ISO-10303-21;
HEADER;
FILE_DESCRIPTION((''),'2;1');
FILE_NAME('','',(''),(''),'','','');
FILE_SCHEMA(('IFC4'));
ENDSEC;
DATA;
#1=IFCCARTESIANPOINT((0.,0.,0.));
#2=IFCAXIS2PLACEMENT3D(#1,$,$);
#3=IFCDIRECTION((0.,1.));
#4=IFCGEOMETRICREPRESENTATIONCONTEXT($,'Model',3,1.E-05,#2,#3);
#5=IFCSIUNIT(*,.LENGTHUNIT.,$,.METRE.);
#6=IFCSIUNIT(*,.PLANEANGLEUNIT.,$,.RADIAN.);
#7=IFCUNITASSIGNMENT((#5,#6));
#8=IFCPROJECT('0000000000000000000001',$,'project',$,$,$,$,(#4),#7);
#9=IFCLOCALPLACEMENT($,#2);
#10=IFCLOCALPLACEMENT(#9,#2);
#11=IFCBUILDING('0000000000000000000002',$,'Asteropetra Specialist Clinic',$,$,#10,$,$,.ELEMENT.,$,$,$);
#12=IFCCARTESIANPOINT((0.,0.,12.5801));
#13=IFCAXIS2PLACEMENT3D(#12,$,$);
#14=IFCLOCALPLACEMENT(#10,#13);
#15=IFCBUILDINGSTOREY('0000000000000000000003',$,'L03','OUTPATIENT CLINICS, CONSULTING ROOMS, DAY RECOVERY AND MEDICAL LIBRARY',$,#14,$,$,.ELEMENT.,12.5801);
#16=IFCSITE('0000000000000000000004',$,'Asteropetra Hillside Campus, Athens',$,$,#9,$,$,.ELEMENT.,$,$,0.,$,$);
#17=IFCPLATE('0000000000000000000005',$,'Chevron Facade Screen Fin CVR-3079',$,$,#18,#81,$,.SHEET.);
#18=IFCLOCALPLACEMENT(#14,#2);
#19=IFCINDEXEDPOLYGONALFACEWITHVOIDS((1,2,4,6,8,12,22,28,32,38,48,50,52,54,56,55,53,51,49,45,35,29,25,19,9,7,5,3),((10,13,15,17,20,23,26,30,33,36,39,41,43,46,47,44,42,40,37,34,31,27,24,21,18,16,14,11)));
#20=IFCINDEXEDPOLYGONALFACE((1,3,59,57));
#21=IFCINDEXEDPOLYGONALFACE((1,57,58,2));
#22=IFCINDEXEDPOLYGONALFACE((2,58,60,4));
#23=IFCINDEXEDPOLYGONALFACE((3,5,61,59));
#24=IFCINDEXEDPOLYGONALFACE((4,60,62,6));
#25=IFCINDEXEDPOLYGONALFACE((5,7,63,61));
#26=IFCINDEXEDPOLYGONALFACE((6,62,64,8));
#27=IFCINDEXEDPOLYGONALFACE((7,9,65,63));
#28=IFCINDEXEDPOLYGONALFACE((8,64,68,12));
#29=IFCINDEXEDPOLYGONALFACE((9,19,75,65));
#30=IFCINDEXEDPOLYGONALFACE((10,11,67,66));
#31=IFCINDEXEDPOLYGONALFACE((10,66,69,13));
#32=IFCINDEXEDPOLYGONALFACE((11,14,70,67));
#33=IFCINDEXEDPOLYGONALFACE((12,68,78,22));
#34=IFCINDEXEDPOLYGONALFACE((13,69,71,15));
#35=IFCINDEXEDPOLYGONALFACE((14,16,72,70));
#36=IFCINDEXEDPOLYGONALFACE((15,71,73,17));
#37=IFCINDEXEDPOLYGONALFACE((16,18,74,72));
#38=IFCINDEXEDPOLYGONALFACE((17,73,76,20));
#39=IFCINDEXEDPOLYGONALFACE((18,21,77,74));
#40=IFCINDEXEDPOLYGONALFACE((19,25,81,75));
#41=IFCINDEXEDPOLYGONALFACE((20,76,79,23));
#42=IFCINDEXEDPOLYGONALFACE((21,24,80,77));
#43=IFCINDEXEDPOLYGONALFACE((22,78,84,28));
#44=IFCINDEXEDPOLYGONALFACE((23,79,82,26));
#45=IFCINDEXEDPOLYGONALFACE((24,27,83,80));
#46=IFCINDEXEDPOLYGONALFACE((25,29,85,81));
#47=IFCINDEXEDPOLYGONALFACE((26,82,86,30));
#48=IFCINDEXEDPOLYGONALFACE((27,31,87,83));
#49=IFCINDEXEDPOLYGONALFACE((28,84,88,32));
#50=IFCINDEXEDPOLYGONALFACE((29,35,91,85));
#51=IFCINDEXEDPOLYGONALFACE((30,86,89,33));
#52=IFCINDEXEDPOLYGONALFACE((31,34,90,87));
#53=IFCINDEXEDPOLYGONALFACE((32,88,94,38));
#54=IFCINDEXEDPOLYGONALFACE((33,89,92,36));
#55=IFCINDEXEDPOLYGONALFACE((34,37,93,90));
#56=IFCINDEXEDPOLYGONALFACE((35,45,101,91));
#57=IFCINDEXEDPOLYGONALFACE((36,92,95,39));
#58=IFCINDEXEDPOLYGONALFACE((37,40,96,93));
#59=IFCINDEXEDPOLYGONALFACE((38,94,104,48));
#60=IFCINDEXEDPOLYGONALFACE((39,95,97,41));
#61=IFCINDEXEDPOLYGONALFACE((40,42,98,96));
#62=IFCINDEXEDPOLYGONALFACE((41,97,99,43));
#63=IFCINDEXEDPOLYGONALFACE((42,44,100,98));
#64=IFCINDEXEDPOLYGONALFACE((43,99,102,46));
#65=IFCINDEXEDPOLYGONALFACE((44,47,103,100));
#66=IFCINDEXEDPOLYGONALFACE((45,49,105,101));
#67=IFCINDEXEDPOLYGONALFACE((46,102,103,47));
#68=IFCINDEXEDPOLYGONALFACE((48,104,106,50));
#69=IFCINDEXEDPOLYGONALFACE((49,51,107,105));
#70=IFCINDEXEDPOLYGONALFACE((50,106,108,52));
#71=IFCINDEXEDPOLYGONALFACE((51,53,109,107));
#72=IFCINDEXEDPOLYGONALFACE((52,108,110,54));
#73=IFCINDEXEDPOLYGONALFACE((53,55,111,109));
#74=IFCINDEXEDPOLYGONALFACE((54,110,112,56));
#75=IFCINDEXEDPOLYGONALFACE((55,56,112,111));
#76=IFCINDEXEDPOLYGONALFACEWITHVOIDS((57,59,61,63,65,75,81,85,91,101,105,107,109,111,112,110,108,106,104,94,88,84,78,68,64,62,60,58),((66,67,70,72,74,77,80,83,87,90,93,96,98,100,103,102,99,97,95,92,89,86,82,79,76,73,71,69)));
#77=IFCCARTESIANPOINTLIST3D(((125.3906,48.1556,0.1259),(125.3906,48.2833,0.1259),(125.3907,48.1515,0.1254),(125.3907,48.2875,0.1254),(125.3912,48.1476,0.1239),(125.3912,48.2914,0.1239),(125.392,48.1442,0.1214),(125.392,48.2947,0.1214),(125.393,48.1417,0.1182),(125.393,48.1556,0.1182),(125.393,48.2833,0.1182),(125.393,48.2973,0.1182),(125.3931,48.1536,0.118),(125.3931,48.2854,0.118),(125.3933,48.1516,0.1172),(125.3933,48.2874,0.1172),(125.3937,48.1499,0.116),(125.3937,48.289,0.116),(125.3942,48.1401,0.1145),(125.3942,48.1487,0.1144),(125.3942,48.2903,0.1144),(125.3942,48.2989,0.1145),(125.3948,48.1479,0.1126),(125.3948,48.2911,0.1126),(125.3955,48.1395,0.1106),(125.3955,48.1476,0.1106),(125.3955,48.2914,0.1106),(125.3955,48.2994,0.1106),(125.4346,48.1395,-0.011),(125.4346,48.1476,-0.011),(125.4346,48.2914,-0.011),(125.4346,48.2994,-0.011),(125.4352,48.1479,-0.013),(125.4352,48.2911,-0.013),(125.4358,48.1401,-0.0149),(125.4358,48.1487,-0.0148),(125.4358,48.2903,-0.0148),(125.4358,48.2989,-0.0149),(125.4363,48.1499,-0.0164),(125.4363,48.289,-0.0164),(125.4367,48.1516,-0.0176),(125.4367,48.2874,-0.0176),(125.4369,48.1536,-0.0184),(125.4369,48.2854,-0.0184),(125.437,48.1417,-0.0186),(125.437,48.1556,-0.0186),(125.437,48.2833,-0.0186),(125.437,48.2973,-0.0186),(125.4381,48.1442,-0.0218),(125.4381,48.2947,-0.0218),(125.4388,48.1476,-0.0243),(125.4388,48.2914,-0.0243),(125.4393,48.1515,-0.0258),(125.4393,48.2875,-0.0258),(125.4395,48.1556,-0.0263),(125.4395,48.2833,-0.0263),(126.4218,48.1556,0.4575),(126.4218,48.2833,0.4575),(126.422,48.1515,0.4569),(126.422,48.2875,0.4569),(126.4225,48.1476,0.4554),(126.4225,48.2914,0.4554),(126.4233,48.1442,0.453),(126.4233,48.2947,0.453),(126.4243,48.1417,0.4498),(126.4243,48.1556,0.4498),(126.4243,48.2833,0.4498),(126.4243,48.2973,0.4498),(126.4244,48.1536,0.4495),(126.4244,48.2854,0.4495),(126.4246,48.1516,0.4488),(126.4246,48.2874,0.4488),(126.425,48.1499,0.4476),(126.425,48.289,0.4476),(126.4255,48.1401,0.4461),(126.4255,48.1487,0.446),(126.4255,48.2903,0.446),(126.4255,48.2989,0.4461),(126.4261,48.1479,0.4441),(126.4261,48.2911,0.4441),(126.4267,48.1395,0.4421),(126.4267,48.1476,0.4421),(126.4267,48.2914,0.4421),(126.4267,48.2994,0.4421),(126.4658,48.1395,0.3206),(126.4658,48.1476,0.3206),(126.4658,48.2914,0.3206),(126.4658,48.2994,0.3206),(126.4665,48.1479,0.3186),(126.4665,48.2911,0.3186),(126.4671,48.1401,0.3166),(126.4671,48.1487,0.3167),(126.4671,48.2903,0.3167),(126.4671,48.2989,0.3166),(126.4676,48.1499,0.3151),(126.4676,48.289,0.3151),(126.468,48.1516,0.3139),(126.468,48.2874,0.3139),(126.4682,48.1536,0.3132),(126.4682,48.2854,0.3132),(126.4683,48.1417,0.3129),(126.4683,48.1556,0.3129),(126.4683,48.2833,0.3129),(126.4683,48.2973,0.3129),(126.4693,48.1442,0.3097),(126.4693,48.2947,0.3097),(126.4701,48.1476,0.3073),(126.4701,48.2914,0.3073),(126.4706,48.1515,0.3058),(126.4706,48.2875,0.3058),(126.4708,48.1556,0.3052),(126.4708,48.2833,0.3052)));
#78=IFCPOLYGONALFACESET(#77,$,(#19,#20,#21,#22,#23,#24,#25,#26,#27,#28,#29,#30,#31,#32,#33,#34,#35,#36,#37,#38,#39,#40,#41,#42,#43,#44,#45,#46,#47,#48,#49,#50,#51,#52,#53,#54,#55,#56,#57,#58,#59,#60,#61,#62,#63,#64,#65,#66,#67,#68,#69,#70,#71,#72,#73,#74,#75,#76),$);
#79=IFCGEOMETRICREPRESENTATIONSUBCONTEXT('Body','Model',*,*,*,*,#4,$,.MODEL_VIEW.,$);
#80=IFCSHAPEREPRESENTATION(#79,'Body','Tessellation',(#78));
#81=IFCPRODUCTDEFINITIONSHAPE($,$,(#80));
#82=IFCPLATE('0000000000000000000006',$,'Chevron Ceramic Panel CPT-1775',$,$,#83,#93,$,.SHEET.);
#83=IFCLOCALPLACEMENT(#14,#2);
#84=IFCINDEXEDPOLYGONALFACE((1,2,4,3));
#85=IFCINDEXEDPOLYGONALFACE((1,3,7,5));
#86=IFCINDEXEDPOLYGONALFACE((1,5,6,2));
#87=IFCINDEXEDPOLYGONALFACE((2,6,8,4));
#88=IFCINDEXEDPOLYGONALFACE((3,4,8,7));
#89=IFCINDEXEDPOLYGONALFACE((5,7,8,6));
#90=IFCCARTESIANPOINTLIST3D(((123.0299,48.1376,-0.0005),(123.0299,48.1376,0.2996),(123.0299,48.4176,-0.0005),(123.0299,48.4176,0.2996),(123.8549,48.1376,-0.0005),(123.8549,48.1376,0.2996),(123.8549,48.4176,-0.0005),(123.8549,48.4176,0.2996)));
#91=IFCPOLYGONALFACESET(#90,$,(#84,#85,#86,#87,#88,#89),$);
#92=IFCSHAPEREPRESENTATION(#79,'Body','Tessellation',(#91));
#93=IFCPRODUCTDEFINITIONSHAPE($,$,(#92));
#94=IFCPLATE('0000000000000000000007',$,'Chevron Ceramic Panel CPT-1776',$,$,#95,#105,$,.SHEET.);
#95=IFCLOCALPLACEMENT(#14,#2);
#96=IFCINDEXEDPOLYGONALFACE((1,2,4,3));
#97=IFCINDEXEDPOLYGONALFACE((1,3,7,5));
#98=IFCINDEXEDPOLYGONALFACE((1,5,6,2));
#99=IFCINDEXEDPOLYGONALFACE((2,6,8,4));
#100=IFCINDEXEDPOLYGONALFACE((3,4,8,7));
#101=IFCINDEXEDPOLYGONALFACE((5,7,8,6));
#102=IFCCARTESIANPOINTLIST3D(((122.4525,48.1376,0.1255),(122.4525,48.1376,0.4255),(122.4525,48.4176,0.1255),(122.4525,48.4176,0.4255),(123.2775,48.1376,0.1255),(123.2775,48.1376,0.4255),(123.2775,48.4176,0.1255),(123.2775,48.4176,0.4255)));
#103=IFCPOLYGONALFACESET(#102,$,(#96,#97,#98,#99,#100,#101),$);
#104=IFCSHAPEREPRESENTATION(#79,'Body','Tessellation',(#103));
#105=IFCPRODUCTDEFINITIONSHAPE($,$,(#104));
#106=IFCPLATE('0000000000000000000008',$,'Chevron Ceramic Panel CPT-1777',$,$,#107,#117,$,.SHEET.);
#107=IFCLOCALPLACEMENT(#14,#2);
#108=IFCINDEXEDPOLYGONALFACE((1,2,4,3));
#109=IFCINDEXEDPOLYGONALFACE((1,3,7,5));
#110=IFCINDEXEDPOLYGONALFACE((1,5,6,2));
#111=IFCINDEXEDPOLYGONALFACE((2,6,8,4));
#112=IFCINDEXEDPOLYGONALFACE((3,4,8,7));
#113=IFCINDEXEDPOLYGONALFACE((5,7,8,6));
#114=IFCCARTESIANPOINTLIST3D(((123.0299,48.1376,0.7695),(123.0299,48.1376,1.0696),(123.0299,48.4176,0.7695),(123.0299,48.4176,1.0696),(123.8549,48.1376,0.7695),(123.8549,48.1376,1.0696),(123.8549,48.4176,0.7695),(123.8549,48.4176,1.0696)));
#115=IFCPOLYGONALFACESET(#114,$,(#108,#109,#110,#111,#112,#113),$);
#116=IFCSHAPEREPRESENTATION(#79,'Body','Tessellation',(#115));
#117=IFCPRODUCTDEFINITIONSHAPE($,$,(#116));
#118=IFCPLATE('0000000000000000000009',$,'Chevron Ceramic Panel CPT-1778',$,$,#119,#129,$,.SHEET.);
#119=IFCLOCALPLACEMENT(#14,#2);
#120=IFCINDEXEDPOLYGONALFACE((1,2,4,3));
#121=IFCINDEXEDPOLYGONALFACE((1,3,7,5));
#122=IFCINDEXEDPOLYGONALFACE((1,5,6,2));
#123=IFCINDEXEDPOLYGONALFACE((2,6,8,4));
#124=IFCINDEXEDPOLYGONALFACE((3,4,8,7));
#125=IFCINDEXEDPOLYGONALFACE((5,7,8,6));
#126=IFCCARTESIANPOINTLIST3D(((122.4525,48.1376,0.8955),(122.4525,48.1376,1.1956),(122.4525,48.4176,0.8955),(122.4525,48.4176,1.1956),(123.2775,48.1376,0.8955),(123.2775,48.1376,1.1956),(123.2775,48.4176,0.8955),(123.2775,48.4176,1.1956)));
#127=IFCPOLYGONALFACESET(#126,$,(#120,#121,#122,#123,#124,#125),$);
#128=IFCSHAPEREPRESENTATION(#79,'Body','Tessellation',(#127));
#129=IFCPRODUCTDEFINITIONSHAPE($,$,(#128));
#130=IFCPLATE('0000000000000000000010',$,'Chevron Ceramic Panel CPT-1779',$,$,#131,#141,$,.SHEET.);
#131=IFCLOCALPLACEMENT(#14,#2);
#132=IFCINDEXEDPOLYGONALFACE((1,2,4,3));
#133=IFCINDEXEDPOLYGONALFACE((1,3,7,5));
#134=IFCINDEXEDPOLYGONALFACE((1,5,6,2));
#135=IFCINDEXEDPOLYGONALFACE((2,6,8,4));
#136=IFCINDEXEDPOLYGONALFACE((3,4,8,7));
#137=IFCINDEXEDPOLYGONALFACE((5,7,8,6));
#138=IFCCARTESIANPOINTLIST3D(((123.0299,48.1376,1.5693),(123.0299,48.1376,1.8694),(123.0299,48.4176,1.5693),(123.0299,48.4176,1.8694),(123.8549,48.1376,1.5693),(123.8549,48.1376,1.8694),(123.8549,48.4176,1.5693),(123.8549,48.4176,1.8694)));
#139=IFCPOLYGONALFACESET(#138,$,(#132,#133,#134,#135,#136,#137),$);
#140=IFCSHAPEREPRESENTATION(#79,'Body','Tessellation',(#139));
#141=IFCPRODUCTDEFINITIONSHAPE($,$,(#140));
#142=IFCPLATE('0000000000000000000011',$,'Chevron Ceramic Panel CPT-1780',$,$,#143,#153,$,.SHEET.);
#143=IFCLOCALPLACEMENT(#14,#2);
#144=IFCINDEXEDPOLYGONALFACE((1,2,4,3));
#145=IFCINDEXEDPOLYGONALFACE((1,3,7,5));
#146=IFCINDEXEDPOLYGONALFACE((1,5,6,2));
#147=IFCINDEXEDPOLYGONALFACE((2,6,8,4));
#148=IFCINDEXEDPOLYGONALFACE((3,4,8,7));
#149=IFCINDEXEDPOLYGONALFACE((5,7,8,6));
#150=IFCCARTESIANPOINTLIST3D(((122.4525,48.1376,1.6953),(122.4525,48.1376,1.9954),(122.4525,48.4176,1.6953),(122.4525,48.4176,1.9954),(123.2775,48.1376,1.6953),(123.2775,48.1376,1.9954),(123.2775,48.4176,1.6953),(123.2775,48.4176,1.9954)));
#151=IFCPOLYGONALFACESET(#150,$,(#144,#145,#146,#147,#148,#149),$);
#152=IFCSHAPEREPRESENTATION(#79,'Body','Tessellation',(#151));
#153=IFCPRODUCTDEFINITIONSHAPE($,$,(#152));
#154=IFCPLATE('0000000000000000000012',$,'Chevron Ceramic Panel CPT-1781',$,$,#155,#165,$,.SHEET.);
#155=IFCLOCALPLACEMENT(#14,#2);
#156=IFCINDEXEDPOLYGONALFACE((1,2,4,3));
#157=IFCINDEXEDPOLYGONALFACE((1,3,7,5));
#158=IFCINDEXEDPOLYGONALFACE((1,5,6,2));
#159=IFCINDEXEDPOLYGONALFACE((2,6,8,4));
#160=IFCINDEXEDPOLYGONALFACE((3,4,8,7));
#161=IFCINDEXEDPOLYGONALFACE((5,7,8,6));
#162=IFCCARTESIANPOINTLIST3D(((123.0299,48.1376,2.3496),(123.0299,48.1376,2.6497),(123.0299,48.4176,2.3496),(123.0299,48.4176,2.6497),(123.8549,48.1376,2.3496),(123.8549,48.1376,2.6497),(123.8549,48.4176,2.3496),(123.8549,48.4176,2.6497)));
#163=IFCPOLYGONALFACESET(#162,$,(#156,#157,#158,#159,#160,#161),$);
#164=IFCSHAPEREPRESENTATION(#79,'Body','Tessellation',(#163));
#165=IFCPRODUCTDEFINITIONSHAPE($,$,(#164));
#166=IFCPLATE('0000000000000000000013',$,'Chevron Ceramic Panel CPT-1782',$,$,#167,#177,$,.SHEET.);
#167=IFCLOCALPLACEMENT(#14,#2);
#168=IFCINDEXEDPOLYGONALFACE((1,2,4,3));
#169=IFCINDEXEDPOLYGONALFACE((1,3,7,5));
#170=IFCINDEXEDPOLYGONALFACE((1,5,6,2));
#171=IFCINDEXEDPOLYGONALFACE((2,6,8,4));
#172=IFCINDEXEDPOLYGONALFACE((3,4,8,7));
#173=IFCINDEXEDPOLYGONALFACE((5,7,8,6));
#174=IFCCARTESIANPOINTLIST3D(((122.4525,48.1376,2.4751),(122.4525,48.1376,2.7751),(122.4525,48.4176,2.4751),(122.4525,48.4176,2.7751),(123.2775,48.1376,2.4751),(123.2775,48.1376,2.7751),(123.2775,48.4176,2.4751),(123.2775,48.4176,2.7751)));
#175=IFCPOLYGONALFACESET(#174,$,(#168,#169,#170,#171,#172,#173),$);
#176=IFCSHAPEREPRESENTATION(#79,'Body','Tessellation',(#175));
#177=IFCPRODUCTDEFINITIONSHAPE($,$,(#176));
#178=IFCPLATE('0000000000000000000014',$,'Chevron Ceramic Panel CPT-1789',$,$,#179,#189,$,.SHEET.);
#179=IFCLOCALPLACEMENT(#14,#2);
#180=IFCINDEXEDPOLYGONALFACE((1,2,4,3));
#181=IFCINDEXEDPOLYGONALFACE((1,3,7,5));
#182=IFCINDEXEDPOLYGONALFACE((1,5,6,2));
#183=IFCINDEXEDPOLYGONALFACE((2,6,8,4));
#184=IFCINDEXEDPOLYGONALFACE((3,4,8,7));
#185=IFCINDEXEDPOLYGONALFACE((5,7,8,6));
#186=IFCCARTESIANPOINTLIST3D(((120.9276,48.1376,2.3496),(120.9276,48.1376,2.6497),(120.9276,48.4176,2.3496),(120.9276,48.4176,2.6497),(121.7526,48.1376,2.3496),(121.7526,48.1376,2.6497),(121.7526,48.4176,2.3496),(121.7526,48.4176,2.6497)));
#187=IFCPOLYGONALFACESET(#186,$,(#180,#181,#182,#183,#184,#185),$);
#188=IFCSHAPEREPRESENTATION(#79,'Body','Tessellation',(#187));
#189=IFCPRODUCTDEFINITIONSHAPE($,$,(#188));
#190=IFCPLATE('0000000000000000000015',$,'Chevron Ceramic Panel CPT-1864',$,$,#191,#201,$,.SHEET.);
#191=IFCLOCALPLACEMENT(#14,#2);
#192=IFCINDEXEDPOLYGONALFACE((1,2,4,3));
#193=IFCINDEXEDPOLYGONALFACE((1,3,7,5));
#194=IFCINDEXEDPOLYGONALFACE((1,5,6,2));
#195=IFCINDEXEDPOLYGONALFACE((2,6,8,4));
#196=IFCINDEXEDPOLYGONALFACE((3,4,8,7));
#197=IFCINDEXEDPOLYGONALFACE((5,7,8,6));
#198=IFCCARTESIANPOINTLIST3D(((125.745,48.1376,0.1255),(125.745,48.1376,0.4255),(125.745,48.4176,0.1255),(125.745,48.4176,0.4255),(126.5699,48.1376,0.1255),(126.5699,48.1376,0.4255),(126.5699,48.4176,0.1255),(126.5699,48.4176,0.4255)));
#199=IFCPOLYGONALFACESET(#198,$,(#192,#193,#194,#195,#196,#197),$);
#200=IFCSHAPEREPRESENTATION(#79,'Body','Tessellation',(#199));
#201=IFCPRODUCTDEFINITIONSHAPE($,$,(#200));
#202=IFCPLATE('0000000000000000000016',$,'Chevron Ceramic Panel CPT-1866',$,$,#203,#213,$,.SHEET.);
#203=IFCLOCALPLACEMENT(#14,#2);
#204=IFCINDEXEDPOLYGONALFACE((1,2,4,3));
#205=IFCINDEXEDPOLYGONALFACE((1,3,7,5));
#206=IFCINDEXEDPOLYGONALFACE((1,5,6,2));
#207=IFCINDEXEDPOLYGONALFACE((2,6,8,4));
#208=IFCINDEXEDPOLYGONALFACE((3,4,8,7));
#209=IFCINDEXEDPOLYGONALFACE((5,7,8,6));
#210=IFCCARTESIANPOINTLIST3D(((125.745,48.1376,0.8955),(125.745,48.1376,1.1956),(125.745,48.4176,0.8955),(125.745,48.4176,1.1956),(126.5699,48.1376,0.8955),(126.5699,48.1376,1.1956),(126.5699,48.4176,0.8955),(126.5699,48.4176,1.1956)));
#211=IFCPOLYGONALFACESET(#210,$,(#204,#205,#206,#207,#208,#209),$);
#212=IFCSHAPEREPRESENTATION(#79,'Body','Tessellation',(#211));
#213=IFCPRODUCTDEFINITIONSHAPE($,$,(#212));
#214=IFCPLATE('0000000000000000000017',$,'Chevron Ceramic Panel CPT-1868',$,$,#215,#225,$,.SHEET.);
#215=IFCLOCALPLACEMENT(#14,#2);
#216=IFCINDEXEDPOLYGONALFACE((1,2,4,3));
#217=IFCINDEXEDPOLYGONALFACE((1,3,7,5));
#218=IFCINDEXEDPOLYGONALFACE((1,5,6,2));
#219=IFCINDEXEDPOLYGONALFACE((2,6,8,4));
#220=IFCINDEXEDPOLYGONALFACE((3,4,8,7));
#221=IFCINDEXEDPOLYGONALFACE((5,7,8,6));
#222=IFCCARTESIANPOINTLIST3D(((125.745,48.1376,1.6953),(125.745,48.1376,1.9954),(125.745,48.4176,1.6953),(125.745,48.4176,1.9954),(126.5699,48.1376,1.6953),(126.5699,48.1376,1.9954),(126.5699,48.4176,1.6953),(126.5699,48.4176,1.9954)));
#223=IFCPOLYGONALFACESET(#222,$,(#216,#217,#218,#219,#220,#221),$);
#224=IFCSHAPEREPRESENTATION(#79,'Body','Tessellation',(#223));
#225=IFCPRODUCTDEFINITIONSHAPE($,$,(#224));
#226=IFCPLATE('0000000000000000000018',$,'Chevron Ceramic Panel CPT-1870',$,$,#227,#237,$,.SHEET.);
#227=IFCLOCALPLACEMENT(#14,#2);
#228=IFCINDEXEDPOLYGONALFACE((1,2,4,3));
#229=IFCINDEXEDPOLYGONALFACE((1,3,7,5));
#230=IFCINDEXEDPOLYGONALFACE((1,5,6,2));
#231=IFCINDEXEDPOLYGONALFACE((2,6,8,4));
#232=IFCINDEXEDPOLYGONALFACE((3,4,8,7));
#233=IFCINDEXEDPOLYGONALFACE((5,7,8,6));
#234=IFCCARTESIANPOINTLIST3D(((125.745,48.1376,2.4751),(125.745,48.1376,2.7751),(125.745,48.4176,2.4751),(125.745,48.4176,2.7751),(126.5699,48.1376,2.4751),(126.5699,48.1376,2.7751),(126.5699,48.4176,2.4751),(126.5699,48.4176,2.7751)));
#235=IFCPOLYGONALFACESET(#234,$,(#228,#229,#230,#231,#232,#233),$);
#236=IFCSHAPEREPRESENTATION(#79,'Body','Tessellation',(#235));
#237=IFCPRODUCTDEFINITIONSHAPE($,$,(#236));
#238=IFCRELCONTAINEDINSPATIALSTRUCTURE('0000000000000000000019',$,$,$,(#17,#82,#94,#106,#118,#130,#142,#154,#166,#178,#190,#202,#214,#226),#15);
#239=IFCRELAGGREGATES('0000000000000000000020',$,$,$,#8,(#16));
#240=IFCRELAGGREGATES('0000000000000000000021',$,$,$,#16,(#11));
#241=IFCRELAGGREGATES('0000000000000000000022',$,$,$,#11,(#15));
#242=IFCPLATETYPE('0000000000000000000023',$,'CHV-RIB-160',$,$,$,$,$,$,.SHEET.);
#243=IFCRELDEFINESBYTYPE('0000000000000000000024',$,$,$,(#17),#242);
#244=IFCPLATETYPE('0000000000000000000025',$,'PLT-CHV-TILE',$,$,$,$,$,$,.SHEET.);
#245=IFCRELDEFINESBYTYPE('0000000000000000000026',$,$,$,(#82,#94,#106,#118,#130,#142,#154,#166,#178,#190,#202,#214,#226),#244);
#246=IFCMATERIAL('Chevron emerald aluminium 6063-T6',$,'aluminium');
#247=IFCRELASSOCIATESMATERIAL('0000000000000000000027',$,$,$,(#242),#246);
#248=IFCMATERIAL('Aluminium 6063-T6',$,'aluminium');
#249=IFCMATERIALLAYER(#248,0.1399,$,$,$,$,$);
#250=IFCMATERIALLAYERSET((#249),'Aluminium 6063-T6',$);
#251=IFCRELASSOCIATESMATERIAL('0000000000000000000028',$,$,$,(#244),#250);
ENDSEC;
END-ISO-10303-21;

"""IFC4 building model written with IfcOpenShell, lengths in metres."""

from ifc_helpers import new_model, si_unit, direction, frame, origin, origin_2d, place, context, subcontext, project, spatial, rectangle, hollow_rectangle, extrude, material, layer, layer_set, material_profile, profile_set, type_object, element, save


model = new_model("IFC4")

# Units and contexts
model_context = context("Model", 3, precision=1e-05, world=origin(), true_north=direction((0.0, 1.0)))
body_context = subcontext(model_context, "Body", "Model", "MODEL_VIEW")
ifc_project = project(units=[si_unit("LENGTHUNIT", "METRE"), si_unit("PLANEANGLEUNIT", "RADIAN")], contexts=[model_context])

# Site, building, storey
site_placement = place(None, origin())
site = spatial("IfcSite", under=ifc_project, at=site_placement, Name="Asteropetra Hillside Campus, Athens", CompositionType="ELEMENT", RefElevation=0.0)
building_placement = place(site_placement, origin())
building = spatial("IfcBuilding", under=site, at=building_placement, Name="Asteropetra Specialist Clinic", CompositionType="ELEMENT")
storey_placement = place(building_placement, frame((0.0, 0.0, 12.5801)))
storey = spatial("IfcBuildingStorey", under=building, at=storey_placement, Name="L03", Description="OUTPATIENT CLINICS, CONSULTING ROOMS, DAY RECOVERY AND MEDICAL LIBRARY", CompositionType="ELEMENT", Elevation=12.5801)

# Plates
ifc_material_1 = material(Name="Chevron emerald aluminium 6063-T6", Category="aluminium")
ifc_material_profile = material_profile(ifc_material_1, hollow_rectangle(XDim=0.1599, YDim=0.1599, WallThickness=0.0081, InnerFilletRadius=0.0081, OuterFilletRadius=0.0161, at=origin_2d()), Name="SHS 160x160x8.0")
ifc_profile_set = profile_set([ifc_material_profile], Name="Chevron emerald aluminium 6063-T6")
plate_type_1 = type_object("IfcPlateType", Name="CHV-RIB-160", PredefinedType="SHEET", material=ifc_profile_set)
for number, where, z_axis, x_axis, name in (
    (1, (126.4463, 48.2195, 0.3813), (-0.95201, 0.0, -0.306068), (0.0, -1.0, 0.0), "Chevron Facade Screen Fin CVR-3079"),
):
    element("IfcPlate", number, at=place(storey_placement, frame(where, z_axis=z_axis, x_axis=x_axis)), inside=storey, type_object=plate_type_1, Name=name, PredefinedType="SHEET", context=body_context, shape_type="SweptSolid", body=[
        extrude(hollow_rectangle(XDim=0.1599, YDim=0.1599, WallThickness=0.0081, InnerFilletRadius=0.0081, OuterFilletRadius=0.0161, at=origin_2d()), origin(), (0.0, 0.0, 1.0), 1.0833),
    ])
ifc_material_2 = material(Name="Aluminium 6063-T6", Category="aluminium")
ifc_layer_1 = layer(ifc_material_2, 0.1399)
ifc_layer_set_1 = layer_set([ifc_layer_1], Name="Aluminium 6063-T6")
plate_type_2 = type_object("IfcPlateType", Name="PLT-CHV-TILE", PredefinedType="SHEET", material=ifc_layer_set_1)
for number, where, z_axis, x_axis, name in (
    (2, (123.4424, 48.2776, -0.0005), (0.0, 0.0, 1.0), (1.0, 0.0, 0.0), "Chevron Ceramic Panel CPT-1775"),
    (3, (122.865, 48.2776, 0.1255), (0.0, 0.0, 1.0), (1.0, 0.0, 0.0), "Chevron Ceramic Panel CPT-1776"),
    (4, (123.4424, 48.2776, 0.7695), (0.0, 0.0, 1.0), (1.0, 0.0, 0.0), "Chevron Ceramic Panel CPT-1777"),
    (5, (122.865, 48.2776, 0.8955), (0.0, 0.0, 1.0), (1.0, 0.0, 0.0), "Chevron Ceramic Panel CPT-1778"),
    (6, (123.4424, 48.2776, 1.5693), (0.0, 0.0, 1.0), (1.0, 0.0, 0.0), "Chevron Ceramic Panel CPT-1779"),
    (7, (122.865, 48.2776, 1.6953), (0.0, 0.0, 1.0), (1.0, 0.0, 0.0), "Chevron Ceramic Panel CPT-1780"),
    (8, (123.4424, 48.2776, 2.3496), (0.0, 0.0, 1.0), (1.0, 0.0, 0.0), "Chevron Ceramic Panel CPT-1781"),
    (9, (122.865, 48.2776, 2.4751), (0.0, 0.0, 1.0), (1.0, 0.0, 0.0), "Chevron Ceramic Panel CPT-1782"),
    (10, (121.3401, 48.2776, 2.3496), (0.0, 0.0, 1.0), (1.0, 0.0, 0.0), "Chevron Ceramic Panel CPT-1789"),
    (11, (126.1575, 48.2776, 0.1255), (0.0, 0.0, 1.0), (1.0, 0.0, 0.0), "Chevron Ceramic Panel CPT-1864"),
    (12, (126.1575, 48.2776, 0.8955), (0.0, 0.0, 1.0), (1.0, 0.0, 0.0), "Chevron Ceramic Panel CPT-1866"),
    (13, (126.1575, 48.2776, 1.6953), (0.0, 0.0, 1.0), (1.0, 0.0, 0.0), "Chevron Ceramic Panel CPT-1868"),
    (14, (126.1575, 48.2776, 2.4751), (0.0, 0.0, 1.0), (1.0, 0.0, 0.0), "Chevron Ceramic Panel CPT-1870"),
):
    element("IfcPlate", number, at=place(storey_placement, frame(where, z_axis=z_axis, x_axis=x_axis)), inside=storey, type_object=plate_type_2, Name=name, PredefinedType="SHEET", context=body_context, shape_type="SweptSolid", body=[
        extrude(rectangle(XDim=0.825, YDim=0.28, at=origin_2d()), origin(), (0.0, 0.0, 1.0), 0.3),
    ])

save(model, "model.ifc")
